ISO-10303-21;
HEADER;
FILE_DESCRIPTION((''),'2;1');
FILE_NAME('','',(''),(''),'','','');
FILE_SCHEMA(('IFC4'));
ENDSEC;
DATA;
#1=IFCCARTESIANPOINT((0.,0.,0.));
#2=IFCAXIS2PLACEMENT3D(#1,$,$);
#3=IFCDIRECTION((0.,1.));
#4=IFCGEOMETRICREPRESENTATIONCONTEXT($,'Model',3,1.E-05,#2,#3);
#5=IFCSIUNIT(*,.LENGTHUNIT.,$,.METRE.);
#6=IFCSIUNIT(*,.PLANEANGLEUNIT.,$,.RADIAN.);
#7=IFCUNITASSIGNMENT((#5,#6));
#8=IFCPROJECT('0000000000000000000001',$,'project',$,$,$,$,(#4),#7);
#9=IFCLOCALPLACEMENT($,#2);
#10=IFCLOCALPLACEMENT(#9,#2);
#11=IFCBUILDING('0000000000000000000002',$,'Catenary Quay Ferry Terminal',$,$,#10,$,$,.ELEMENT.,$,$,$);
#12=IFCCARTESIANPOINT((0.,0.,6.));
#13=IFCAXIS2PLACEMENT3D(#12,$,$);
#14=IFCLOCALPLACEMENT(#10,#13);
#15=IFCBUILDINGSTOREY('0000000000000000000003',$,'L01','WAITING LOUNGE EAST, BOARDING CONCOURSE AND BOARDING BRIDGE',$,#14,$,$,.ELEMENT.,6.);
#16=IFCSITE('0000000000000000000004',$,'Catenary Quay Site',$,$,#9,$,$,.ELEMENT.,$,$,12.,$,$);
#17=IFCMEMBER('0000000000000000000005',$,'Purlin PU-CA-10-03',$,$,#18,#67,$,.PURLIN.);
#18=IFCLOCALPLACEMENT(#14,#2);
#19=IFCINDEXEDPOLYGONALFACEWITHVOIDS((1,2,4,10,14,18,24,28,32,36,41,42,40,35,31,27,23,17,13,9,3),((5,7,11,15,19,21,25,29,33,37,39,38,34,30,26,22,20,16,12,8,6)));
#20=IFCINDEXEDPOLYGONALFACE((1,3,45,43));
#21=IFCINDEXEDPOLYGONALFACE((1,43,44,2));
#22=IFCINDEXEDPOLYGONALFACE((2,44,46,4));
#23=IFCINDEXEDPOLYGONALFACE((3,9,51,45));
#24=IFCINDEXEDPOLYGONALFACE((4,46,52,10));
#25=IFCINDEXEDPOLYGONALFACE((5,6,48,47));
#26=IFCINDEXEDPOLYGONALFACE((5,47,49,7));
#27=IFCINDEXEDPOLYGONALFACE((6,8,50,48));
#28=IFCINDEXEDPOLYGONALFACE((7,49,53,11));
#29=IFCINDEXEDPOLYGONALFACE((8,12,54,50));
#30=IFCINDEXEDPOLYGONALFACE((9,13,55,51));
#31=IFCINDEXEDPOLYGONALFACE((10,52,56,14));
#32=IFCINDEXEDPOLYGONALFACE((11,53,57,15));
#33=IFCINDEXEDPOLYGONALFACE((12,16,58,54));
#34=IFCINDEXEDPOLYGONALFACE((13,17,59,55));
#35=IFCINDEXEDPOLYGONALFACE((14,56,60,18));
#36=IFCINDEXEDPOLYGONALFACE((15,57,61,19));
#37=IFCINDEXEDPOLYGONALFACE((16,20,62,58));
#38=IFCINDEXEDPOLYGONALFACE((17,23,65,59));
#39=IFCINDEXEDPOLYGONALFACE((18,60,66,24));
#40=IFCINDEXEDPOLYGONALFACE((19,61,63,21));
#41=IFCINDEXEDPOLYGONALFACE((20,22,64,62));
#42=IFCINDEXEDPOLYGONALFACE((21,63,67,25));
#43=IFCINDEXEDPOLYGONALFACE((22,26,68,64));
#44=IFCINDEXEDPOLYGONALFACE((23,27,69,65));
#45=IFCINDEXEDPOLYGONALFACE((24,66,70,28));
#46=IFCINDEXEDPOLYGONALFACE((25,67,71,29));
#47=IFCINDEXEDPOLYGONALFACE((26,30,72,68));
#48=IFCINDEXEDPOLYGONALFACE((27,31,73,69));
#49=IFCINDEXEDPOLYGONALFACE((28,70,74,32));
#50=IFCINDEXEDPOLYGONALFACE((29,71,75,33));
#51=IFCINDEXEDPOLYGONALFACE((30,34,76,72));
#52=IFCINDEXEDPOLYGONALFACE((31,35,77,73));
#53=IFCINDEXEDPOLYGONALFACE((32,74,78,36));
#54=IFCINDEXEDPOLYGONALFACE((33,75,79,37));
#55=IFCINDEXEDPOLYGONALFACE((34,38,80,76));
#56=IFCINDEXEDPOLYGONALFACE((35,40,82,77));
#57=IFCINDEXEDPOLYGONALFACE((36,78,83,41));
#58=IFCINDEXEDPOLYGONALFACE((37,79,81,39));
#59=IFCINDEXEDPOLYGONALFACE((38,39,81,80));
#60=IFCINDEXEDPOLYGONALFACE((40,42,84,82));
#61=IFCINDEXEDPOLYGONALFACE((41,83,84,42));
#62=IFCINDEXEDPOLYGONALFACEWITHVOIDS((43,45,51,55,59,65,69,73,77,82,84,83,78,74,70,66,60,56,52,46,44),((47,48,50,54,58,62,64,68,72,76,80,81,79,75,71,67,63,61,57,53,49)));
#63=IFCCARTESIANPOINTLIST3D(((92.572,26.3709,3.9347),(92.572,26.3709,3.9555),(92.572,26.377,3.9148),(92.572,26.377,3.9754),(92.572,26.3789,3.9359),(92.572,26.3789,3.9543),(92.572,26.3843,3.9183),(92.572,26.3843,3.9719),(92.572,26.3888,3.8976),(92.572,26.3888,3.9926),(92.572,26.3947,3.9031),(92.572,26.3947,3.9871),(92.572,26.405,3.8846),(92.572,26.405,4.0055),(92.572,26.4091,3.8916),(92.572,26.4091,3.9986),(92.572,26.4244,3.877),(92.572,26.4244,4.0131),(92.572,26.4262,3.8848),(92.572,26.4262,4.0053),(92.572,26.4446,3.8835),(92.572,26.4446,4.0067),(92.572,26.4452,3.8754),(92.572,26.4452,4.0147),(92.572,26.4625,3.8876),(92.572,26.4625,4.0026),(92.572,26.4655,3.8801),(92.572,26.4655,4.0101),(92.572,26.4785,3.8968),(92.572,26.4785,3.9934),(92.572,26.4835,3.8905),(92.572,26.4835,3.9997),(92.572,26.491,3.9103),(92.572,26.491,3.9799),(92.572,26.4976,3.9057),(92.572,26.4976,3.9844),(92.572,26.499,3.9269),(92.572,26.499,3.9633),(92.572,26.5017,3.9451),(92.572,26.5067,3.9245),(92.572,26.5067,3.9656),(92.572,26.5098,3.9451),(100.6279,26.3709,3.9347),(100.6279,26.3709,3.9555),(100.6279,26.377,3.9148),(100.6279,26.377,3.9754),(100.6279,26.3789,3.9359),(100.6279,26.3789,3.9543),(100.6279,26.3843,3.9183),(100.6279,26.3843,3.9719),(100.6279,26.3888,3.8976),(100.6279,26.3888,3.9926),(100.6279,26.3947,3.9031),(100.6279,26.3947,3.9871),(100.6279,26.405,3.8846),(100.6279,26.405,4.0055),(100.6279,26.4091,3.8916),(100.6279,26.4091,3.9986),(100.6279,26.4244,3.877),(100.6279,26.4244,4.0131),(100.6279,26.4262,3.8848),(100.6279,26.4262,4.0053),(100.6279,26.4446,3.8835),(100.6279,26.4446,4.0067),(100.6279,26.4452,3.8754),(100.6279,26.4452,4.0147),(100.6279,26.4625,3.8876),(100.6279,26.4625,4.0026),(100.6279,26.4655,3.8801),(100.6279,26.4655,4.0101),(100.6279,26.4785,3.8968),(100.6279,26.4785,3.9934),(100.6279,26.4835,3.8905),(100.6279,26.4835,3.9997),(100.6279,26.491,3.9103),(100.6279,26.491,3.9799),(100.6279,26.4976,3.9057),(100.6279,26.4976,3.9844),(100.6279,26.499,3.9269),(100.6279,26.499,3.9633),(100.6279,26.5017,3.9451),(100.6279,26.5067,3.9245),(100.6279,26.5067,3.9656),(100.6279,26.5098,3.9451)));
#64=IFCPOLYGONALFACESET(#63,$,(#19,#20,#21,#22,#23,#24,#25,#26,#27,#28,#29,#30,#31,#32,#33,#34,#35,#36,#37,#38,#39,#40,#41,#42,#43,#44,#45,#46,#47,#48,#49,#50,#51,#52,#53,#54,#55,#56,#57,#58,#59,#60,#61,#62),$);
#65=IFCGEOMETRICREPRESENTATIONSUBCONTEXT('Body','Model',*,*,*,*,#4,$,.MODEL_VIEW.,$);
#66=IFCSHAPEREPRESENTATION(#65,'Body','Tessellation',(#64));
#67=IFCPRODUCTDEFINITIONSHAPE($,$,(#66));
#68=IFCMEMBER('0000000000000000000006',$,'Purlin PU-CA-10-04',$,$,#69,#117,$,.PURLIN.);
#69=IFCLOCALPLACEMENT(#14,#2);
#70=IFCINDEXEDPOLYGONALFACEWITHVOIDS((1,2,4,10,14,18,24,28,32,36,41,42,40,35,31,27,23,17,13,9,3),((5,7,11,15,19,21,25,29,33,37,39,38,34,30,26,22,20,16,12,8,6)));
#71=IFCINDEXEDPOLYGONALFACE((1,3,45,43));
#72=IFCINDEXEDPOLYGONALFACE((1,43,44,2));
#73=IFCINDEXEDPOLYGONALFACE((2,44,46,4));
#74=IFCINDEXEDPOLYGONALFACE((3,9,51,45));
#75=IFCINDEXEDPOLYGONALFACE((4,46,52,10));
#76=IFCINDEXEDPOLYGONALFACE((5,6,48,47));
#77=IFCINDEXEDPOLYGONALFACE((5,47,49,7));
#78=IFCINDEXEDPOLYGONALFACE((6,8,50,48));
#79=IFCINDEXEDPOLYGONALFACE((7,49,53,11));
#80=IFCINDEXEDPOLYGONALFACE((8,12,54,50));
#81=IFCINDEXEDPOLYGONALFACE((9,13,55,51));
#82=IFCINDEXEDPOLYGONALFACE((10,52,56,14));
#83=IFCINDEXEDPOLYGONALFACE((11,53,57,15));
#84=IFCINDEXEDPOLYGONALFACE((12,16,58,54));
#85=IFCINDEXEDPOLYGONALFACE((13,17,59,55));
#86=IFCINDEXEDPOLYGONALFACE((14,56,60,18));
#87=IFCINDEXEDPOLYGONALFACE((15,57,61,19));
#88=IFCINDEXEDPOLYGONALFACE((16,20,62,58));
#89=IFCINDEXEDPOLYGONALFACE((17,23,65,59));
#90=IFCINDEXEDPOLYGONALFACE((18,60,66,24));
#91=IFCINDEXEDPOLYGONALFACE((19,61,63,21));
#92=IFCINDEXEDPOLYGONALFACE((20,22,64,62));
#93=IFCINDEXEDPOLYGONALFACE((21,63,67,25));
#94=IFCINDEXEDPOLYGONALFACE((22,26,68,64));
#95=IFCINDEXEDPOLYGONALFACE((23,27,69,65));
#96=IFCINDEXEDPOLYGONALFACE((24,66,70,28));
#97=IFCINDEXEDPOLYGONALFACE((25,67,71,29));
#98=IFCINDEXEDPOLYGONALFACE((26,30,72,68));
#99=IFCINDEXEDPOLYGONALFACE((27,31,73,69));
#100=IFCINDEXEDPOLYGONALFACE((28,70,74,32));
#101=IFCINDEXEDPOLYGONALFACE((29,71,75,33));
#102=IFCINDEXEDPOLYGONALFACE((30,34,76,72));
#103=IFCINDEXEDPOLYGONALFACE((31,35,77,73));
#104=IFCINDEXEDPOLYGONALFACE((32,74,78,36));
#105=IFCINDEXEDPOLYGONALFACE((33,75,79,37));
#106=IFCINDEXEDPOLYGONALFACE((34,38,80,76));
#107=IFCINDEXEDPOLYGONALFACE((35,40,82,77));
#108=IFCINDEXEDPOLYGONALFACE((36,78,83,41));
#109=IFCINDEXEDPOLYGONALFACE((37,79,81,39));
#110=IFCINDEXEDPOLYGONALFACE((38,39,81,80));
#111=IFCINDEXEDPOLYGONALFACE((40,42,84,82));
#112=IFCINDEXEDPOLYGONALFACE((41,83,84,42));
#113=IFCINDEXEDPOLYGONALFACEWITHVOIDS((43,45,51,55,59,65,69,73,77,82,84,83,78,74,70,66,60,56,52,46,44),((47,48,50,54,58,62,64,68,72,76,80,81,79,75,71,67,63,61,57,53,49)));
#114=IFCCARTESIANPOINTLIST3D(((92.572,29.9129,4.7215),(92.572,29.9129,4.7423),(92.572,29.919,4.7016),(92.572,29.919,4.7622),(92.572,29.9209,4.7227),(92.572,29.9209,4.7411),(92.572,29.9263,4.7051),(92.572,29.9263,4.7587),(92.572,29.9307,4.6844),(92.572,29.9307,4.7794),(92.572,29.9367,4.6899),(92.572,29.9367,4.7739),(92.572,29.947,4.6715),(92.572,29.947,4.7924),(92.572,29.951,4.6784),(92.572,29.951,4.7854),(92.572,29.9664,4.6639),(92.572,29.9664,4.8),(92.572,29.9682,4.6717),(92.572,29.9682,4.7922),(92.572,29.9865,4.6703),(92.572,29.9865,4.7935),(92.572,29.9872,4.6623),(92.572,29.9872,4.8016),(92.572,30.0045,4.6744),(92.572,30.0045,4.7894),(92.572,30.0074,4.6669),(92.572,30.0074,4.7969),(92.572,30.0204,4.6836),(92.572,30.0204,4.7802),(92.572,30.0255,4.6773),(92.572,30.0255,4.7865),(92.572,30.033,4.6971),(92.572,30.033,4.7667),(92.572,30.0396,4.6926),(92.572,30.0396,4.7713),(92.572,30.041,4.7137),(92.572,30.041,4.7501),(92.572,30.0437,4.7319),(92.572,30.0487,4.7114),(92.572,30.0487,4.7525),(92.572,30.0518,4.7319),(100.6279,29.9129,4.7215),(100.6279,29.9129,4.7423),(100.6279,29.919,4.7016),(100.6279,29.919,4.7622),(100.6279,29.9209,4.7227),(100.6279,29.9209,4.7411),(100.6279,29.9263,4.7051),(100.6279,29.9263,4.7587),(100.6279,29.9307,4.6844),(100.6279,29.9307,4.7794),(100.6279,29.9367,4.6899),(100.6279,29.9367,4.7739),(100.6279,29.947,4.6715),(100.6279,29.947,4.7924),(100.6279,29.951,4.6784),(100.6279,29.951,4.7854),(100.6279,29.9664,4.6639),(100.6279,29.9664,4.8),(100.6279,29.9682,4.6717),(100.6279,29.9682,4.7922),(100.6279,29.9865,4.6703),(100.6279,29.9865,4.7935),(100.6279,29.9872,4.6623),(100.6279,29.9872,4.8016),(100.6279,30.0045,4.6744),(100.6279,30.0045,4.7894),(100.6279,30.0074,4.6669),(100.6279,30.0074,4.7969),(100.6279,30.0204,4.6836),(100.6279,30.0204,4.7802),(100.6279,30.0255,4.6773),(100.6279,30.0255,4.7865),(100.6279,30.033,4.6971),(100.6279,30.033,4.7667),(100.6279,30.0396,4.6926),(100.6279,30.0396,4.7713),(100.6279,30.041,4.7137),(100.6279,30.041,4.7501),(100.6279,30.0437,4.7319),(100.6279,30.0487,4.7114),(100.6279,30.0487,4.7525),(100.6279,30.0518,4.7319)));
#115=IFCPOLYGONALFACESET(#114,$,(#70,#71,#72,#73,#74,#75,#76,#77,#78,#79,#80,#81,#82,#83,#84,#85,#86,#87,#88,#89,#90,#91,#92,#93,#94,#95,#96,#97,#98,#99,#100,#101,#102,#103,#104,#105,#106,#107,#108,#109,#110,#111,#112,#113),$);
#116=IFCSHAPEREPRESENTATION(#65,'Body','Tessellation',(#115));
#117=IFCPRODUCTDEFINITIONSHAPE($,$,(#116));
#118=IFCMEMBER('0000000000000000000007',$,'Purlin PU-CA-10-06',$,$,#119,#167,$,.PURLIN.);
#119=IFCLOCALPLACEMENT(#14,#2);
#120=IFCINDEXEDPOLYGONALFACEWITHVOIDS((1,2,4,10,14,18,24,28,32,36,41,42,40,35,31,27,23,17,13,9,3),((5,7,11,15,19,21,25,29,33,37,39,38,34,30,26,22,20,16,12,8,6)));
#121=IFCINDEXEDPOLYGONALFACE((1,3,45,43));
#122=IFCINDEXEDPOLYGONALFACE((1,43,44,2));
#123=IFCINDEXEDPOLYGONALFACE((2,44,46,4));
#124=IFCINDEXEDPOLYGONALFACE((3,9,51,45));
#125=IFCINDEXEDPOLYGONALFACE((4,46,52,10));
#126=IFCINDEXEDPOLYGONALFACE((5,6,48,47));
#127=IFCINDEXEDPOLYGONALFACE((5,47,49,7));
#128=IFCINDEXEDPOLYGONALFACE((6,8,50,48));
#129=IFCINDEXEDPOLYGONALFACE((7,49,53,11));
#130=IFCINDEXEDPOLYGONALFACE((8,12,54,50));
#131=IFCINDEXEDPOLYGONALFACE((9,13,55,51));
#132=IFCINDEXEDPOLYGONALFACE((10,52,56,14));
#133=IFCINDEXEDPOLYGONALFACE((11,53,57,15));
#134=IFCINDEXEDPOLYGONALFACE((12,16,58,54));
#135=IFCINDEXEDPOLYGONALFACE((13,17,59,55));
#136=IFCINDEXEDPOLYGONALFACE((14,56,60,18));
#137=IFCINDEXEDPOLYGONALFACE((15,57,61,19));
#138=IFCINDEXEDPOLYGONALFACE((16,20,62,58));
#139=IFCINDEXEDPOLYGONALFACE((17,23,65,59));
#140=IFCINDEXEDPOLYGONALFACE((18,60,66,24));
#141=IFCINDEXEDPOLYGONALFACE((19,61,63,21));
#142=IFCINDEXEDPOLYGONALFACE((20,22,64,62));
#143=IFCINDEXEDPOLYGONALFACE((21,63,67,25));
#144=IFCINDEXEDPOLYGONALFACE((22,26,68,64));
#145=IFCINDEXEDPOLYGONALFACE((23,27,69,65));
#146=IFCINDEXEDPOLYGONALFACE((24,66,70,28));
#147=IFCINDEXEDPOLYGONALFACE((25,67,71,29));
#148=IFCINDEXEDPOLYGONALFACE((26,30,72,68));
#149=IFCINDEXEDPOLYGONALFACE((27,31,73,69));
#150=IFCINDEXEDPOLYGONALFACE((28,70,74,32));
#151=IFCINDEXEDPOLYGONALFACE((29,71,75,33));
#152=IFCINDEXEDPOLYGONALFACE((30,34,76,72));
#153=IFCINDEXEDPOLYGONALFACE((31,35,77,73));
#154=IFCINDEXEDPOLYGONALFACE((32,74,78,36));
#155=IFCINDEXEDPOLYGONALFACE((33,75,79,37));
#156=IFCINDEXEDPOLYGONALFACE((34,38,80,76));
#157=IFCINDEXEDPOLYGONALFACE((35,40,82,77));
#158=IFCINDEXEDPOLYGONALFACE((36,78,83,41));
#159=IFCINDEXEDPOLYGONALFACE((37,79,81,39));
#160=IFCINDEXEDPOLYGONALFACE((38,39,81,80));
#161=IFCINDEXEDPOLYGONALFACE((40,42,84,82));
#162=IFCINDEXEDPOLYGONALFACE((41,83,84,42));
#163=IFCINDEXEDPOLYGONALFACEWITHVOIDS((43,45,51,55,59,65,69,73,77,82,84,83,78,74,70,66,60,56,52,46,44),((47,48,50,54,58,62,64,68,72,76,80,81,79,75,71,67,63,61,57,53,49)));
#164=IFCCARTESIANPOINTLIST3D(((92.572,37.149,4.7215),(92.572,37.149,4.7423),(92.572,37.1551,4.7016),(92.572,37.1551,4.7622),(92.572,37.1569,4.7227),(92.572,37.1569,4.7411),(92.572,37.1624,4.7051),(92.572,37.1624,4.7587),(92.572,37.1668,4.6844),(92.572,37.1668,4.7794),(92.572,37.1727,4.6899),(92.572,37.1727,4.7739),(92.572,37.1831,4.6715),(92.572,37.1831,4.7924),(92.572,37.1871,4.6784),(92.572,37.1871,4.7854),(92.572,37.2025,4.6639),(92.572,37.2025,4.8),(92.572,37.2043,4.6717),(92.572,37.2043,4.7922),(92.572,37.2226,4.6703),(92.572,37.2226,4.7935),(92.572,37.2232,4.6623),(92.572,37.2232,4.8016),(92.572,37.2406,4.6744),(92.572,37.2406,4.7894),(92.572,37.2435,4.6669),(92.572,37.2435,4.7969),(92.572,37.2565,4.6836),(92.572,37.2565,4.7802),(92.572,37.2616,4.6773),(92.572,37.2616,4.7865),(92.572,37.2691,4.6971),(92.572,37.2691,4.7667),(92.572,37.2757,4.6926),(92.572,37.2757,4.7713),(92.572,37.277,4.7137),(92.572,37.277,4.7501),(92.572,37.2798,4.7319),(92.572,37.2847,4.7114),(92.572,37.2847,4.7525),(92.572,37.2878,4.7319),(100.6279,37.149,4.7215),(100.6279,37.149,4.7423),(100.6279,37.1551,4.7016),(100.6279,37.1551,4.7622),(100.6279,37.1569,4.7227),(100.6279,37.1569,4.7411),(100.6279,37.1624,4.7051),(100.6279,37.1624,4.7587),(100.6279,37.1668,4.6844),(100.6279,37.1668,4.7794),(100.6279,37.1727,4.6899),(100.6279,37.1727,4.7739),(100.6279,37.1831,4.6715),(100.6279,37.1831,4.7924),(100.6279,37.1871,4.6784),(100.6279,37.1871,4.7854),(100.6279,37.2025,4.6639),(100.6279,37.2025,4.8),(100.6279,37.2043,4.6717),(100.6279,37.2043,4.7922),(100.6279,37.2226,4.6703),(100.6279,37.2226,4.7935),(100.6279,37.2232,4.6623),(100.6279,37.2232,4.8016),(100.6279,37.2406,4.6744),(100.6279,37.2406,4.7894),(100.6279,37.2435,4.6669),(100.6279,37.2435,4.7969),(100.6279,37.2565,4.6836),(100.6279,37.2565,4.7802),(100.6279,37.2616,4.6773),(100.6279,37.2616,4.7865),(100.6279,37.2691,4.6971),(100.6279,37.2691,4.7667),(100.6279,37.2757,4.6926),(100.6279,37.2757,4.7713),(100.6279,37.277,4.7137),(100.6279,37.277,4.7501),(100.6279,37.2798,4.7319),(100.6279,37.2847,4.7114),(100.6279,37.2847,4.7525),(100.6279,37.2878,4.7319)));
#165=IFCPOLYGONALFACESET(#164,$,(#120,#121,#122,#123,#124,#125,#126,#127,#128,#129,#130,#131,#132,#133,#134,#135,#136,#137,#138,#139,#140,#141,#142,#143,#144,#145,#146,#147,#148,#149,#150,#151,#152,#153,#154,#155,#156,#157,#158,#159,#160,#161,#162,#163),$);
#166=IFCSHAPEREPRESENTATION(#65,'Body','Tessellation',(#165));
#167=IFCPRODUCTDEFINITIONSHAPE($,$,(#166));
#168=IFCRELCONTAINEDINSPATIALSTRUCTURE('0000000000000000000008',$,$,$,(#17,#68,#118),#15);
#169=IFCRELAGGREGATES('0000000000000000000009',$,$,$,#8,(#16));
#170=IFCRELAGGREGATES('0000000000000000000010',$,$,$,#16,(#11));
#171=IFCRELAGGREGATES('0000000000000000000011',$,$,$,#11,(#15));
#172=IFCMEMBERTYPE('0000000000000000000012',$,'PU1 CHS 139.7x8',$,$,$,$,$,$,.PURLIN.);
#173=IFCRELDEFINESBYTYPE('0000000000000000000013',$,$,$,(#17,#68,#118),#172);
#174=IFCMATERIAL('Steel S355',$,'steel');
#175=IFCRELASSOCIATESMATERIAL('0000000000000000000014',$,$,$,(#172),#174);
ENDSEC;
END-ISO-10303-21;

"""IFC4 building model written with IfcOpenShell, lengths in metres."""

from ifc_helpers import new_model, si_unit, direction, frame, origin, origin_2d, place, context, subcontext, project, spatial, hollow_circle, extrude, material, material_profile, profile_set, type_object, element, save


model = new_model("IFC4")

# Units and contexts
model_context = context("Model", 3, precision=1e-05, world=origin(), true_north=direction((0.0, 1.0)))
body_context = subcontext(model_context, "Body", "Model", "MODEL_VIEW")
ifc_project = project(units=[si_unit("LENGTHUNIT", "METRE"), si_unit("PLANEANGLEUNIT", "RADIAN")], contexts=[model_context])

# Site, building, storey
site_placement = place(None, origin())
site = spatial("IfcSite", under=ifc_project, at=site_placement, Name="Catenary Quay Site", CompositionType="ELEMENT", RefElevation=12.0)
building_placement = place(site_placement, origin())
building = spatial("IfcBuilding", under=site, at=building_placement, Name="Catenary Quay Ferry Terminal", CompositionType="ELEMENT")
storey_placement = place(building_placement, frame((0.0, 0.0, 6.0)))
storey = spatial("IfcBuildingStorey", under=building, at=storey_placement, Name="L01", Description="WAITING LOUNGE EAST, BOARDING CONCOURSE AND BOARDING BRIDGE", CompositionType="ELEMENT", Elevation=6.0)

# Members
ifc_material_1 = material(Name="Steel S355", Category="steel")
ifc_material_profile_1 = material_profile(ifc_material_1, hollow_circle(Radius=0.0698, WallThickness=0.0081, at=origin_2d()), Name="CHS 139.7x8")
ifc_profile_set_1 = profile_set([ifc_material_profile_1], Name="Steel S355")
member_type_1 = type_object("IfcMemberType", Name="PU1 CHS 139.7x8", PredefinedType="PURLIN", material=ifc_profile_set_1)
for number, where, z_axis, x_axis, name in (
    (1, (92.572, 26.4399, 3.9451), (1.0, 0.0, 0.0), (0.0, 1.0, 0.0), "Purlin PU-CA-10-03"),
    (2, (92.572, 29.9819, 4.7319), (1.0, 0.0, 0.0), (0.0, 1.0, 0.0), "Purlin PU-CA-10-04"),
    (3, (92.572, 37.218, 4.7319), (1.0, 0.0, 0.0), (0.0, 1.0, 0.0), "Purlin PU-CA-10-06"),
):
    element("IfcMember", number, at=place(storey_placement, frame(where, z_axis=z_axis, x_axis=x_axis)), inside=storey, type_object=member_type_1, Name=name, PredefinedType="PURLIN", context=body_context, shape_type="SweptSolid", body=[
        extrude(hollow_circle(Radius=0.0698, WallThickness=0.0081, at=origin_2d()), origin(), (0.0, 0.0, 1.0), 8.0559),
    ])

save(model, "model.ifc")
